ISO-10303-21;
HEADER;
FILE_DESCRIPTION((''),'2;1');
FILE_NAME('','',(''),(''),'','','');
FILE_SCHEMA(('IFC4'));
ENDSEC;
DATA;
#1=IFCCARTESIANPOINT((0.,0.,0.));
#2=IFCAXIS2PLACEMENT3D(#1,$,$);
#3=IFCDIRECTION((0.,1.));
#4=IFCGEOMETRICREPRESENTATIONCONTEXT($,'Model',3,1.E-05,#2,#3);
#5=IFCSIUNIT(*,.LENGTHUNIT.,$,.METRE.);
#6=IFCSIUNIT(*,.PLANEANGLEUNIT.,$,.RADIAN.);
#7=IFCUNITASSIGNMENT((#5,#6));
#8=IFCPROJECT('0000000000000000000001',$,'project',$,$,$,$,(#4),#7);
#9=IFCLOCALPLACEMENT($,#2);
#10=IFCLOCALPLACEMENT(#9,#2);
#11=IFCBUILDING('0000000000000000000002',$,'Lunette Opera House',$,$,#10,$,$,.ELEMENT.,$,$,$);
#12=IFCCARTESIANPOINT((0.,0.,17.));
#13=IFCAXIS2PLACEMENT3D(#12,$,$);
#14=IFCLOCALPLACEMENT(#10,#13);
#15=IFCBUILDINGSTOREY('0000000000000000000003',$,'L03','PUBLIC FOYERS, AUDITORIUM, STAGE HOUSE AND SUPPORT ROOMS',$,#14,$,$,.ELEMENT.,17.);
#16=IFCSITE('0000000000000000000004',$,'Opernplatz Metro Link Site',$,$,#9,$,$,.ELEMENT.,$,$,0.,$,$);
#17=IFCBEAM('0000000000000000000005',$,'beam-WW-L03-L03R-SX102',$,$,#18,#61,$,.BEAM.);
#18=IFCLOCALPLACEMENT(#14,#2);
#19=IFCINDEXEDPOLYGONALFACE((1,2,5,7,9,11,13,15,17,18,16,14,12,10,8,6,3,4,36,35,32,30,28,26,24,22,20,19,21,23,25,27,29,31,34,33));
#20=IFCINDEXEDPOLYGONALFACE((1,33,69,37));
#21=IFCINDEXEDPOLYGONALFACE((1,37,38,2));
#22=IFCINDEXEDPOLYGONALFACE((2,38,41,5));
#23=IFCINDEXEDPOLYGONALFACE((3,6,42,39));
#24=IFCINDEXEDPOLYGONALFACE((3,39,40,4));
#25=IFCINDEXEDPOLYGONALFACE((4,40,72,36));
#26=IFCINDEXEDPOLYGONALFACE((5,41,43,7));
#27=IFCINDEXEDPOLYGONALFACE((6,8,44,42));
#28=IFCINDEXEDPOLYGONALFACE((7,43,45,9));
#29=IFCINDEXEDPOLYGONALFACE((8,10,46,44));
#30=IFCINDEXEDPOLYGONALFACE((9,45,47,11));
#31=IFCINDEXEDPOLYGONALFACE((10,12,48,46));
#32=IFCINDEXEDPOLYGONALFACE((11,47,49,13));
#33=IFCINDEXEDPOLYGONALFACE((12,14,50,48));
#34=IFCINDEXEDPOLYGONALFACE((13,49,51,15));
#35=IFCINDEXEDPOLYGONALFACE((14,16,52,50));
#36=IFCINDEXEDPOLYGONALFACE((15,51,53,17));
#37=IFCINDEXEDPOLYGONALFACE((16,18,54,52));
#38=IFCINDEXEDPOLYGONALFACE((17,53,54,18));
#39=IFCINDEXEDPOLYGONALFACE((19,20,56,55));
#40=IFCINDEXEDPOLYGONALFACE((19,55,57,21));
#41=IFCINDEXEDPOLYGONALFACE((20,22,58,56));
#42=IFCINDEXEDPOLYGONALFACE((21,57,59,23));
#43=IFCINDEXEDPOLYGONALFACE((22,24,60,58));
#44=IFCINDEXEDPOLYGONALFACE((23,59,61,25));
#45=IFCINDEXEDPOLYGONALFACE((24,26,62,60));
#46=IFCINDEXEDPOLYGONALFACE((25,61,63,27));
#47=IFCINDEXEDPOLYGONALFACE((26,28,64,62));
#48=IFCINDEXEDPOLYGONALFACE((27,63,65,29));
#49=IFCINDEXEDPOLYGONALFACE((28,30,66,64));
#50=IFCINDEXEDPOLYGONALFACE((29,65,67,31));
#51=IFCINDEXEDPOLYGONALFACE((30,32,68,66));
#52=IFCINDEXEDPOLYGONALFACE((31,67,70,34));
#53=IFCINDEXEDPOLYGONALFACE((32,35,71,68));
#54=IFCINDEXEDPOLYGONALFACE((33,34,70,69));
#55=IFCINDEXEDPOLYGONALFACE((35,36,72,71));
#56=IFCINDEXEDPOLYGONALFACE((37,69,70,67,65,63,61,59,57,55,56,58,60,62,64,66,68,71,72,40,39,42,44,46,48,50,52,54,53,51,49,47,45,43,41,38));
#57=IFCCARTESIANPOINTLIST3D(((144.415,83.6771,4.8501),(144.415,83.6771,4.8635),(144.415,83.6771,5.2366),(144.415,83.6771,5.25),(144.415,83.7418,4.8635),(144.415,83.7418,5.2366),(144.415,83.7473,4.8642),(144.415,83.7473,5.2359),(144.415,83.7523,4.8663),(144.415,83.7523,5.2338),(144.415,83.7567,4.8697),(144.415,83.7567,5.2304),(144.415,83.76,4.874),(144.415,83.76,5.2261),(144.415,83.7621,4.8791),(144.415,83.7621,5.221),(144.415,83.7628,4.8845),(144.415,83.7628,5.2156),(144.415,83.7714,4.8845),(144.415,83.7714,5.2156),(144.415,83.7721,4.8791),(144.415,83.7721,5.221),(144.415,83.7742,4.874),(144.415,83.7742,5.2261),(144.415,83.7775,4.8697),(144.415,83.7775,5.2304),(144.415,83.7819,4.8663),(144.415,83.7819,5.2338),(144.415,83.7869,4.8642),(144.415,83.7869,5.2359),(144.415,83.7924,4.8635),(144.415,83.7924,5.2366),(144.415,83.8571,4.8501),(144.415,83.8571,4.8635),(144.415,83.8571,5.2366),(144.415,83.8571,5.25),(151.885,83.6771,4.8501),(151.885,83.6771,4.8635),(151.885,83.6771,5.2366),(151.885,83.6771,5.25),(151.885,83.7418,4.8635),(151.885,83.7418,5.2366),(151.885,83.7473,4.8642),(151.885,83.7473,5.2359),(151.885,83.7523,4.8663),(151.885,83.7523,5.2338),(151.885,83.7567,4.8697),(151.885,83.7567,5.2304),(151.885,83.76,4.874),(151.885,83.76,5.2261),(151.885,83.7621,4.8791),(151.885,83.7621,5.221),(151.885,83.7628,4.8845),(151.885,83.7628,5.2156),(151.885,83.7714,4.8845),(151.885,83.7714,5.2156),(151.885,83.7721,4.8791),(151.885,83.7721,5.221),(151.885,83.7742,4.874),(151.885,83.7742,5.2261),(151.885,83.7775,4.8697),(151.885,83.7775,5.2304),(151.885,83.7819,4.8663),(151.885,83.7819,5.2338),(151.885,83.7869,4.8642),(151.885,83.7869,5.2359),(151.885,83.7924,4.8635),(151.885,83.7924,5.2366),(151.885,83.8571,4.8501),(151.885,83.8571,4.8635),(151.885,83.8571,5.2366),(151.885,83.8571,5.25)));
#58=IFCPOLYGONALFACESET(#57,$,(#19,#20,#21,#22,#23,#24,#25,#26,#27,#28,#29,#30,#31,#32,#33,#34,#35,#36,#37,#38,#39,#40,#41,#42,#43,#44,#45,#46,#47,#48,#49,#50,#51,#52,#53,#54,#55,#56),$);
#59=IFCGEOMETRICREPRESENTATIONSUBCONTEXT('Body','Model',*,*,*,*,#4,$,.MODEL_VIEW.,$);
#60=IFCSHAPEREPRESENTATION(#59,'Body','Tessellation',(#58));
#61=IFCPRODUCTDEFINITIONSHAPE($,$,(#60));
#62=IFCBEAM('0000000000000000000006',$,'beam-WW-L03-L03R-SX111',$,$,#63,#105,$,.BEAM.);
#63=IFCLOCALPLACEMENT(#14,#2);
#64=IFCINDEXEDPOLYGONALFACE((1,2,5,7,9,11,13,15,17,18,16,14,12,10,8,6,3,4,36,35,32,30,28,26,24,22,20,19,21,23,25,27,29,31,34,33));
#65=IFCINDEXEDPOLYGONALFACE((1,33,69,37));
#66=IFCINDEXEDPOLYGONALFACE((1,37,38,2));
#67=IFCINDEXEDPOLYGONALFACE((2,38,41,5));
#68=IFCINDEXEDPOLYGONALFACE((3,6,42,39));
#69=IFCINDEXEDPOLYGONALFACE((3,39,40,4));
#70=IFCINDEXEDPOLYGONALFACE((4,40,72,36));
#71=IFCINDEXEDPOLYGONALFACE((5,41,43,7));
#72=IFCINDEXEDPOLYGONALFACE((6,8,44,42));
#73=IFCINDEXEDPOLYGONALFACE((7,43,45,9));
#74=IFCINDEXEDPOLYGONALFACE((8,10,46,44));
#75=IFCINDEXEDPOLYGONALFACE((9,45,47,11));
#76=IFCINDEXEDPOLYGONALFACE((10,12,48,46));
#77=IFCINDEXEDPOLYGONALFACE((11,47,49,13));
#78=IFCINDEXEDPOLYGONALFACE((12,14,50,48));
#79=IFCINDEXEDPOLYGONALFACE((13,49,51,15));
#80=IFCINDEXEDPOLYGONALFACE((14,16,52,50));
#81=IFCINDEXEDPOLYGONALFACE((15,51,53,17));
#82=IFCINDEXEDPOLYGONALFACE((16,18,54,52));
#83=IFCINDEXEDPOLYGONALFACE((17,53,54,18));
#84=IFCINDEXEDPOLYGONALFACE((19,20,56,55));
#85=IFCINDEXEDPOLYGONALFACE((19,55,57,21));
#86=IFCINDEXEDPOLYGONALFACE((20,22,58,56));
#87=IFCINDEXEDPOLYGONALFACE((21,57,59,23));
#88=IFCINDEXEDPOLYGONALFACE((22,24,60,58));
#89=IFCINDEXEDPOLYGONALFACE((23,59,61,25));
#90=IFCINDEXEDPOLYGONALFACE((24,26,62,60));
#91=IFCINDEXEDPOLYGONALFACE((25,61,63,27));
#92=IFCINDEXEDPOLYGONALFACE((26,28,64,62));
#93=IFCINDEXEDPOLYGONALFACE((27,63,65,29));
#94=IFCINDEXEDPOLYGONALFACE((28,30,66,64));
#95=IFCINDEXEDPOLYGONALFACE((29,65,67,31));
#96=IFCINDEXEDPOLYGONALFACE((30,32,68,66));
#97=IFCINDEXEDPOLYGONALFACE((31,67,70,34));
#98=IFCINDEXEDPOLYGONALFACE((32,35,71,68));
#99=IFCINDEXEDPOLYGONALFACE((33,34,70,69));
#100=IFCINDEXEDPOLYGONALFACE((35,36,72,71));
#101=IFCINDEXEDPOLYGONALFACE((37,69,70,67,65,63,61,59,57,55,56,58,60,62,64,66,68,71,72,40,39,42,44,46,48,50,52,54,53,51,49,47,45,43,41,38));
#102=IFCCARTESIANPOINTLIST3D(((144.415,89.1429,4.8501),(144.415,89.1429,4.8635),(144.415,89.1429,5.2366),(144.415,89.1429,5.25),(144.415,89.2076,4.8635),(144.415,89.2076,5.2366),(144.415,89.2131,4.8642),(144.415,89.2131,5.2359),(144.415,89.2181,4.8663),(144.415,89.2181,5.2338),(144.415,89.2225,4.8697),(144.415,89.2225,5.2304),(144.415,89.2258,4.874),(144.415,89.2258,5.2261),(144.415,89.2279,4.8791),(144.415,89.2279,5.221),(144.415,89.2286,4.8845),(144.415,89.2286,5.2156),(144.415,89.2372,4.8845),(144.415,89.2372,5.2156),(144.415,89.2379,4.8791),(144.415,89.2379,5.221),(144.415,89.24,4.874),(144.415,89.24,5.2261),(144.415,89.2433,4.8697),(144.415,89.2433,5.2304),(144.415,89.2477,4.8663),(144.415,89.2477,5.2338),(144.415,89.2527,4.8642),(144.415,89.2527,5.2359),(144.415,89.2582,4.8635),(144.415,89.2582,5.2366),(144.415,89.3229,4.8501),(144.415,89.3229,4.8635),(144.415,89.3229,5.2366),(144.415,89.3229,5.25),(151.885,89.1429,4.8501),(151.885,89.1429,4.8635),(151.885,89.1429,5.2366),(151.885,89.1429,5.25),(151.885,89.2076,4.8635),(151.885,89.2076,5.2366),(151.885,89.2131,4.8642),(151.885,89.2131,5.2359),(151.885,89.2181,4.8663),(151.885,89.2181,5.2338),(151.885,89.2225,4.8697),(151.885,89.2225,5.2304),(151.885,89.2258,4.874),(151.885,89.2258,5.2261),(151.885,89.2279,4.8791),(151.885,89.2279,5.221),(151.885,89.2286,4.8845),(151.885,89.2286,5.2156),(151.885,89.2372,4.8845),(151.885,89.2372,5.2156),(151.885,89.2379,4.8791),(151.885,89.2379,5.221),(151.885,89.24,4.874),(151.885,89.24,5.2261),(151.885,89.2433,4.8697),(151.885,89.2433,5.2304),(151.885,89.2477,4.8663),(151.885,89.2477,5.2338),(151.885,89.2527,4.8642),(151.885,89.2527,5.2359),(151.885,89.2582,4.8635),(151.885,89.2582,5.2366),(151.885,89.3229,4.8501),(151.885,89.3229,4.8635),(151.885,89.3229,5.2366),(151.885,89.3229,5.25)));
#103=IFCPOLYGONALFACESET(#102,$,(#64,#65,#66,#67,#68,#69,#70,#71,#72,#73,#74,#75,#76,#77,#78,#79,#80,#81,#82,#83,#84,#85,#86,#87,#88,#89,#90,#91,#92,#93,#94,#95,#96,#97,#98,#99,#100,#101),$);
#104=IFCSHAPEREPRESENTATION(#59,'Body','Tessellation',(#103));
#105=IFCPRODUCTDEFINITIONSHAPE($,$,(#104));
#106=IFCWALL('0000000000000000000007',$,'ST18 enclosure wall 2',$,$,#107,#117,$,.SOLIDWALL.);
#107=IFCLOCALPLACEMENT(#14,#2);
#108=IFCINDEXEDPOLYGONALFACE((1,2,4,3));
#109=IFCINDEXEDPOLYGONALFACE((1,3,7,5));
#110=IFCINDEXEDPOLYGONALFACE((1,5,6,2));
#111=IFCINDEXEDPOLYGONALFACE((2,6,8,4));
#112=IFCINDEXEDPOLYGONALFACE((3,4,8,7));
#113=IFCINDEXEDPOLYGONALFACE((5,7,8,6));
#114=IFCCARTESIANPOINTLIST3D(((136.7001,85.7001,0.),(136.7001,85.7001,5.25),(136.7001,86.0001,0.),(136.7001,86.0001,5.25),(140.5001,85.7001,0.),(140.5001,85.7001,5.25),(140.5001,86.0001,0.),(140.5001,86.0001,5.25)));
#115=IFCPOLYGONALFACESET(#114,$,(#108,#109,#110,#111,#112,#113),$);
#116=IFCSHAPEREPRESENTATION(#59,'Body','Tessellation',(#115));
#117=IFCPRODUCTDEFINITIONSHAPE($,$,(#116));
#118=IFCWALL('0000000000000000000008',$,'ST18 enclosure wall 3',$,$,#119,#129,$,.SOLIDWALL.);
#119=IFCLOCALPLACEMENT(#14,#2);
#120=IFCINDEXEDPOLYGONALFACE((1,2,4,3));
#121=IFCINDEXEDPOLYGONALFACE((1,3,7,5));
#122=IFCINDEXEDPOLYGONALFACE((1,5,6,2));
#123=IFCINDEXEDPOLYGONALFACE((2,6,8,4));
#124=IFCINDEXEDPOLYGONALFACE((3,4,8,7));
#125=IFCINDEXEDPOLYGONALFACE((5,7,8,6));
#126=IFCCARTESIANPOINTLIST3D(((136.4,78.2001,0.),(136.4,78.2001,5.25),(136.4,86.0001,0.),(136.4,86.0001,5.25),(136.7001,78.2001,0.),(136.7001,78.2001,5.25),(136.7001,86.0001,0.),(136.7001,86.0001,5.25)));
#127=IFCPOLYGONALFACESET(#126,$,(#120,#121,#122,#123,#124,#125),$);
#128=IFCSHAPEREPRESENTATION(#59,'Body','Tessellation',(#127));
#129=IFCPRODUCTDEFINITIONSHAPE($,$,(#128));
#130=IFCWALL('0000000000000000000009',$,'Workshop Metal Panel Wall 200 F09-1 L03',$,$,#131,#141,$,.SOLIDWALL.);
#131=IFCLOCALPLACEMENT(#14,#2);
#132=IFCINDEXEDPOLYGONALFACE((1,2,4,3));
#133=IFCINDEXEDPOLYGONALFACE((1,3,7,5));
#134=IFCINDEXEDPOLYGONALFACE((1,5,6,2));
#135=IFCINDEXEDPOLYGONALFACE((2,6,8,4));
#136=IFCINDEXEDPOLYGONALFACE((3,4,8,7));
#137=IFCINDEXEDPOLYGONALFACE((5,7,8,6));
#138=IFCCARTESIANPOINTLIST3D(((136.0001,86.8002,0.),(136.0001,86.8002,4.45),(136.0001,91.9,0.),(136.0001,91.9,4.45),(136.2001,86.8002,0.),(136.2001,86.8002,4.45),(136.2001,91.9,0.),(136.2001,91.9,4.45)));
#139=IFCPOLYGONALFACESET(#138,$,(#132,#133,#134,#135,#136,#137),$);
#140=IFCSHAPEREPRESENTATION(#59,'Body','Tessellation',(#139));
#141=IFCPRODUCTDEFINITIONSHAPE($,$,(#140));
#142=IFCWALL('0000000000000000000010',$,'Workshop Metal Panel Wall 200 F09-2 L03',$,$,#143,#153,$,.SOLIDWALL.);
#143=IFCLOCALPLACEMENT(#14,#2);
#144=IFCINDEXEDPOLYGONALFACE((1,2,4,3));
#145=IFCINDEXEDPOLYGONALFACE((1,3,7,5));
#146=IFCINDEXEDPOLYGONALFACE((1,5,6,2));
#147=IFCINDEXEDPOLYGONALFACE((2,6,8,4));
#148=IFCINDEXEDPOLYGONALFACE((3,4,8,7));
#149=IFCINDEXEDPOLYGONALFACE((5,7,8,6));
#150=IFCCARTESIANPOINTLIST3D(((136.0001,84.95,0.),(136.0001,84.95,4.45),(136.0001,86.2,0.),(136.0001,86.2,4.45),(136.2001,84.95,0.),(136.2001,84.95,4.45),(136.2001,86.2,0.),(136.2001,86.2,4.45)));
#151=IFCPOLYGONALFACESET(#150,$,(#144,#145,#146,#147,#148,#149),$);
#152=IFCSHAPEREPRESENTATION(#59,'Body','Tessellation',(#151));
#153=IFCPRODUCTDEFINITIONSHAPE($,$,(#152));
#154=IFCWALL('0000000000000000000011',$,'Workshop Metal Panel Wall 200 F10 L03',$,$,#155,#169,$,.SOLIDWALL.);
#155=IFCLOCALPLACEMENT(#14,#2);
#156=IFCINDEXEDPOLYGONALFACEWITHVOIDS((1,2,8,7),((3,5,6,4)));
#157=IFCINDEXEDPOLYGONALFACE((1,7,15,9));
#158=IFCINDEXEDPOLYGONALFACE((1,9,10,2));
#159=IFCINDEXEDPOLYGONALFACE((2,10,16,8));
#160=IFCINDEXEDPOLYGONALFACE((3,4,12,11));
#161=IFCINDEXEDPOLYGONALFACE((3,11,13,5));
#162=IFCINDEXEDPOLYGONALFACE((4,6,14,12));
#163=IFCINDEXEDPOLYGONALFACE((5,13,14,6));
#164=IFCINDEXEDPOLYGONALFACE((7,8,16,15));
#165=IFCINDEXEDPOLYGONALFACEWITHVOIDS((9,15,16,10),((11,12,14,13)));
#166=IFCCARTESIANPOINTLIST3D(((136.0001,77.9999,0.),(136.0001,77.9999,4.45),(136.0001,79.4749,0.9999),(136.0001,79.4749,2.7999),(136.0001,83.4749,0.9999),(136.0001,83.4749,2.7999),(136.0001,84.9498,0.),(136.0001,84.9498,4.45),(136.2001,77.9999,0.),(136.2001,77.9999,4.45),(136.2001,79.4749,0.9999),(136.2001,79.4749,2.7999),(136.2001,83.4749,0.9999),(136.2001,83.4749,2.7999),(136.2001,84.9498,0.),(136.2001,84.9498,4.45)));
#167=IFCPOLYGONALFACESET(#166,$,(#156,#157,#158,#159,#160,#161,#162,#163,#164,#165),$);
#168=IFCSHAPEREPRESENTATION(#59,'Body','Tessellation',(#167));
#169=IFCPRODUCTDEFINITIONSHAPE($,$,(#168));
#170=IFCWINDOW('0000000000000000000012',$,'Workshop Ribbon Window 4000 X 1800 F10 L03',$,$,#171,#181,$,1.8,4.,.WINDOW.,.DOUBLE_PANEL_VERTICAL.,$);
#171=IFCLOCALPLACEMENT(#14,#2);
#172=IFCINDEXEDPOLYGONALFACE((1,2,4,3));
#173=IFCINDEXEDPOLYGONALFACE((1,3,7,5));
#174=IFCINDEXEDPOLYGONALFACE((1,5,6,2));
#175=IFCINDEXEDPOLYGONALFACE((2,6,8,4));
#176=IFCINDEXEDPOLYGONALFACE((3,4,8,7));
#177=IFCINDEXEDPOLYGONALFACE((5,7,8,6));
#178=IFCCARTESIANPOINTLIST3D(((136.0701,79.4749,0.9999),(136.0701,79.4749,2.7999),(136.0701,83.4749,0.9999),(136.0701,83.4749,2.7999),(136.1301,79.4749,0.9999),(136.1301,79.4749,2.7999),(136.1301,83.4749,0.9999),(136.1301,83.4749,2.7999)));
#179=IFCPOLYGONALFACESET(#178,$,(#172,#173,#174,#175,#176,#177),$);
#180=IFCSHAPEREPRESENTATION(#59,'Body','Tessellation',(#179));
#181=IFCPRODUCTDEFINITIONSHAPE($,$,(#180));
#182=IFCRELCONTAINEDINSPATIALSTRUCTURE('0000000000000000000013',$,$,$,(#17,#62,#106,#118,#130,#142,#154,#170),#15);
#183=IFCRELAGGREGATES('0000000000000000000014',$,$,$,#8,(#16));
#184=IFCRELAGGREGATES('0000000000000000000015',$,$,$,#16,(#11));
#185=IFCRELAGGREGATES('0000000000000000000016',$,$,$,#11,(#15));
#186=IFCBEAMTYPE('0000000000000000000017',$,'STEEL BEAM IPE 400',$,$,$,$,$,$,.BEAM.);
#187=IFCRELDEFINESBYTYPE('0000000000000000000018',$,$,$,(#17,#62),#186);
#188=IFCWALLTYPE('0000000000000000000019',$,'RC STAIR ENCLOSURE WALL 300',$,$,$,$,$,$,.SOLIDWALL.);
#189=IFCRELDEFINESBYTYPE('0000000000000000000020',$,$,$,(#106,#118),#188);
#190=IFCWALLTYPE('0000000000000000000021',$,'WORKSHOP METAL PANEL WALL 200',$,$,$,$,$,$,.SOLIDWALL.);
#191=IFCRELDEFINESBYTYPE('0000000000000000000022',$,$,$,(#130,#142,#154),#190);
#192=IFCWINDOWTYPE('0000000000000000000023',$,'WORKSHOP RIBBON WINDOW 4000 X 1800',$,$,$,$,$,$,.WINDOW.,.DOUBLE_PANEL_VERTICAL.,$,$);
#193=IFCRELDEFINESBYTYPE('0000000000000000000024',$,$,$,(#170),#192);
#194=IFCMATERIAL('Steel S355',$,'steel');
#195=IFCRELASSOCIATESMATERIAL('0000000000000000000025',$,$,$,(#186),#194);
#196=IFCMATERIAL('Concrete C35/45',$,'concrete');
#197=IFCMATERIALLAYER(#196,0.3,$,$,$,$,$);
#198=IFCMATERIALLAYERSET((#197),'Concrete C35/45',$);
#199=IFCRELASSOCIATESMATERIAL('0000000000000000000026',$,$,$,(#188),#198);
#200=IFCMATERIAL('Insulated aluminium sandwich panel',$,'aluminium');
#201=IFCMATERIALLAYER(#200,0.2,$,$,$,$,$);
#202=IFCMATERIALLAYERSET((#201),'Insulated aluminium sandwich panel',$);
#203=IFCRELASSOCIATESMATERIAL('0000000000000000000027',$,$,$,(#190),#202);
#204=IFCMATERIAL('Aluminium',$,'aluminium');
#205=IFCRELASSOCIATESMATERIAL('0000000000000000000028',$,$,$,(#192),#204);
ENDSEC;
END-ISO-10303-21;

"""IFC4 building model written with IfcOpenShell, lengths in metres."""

from ifc_helpers import new_model, si_unit, direction, frame, frame_2d, origin, origin_2d, place, context, subcontext, project, spatial, rectangle, i_section, extrude, material, layer, layer_set, material_profile, profile_set, type_object, element, fill, save


model = new_model("IFC4")

# Units and contexts
model_context = context("Model", 3, precision=1e-05, world=origin(), true_north=direction((0.0, 1.0)))
body_context = subcontext(model_context, "Body", "Model", "MODEL_VIEW")
ifc_project = project(units=[si_unit("LENGTHUNIT", "METRE"), si_unit("PLANEANGLEUNIT", "RADIAN")], contexts=[model_context])

# Site, building, storey
site_placement = place(None, origin())
site = spatial("IfcSite", under=ifc_project, at=site_placement, Name="Opernplatz Metro Link Site", CompositionType="ELEMENT", RefElevation=0.0)
building_placement = place(site_placement, origin())
building = spatial("IfcBuilding", under=site, at=building_placement, Name="Lunette Opera House", CompositionType="ELEMENT")
storey_placement = place(building_placement, frame((0.0, 0.0, 17.0)))
storey = spatial("IfcBuildingStorey", under=building, at=storey_placement, Name="L03", Description="PUBLIC FOYERS, AUDITORIUM, STAGE HOUSE AND SUPPORT ROOMS", CompositionType="ELEMENT", Elevation=17.0)

# Beams
ifc_material_1 = material(Name="Steel S355", Category="steel")
ifc_material_profile_1 = material_profile(ifc_material_1, i_section(OverallWidth=0.1799, OverallDepth=0.3999, WebThickness=0.0085, FlangeThickness=0.0134, FilletRadius=0.021, at=origin_2d()), Name="IPE 400")
ifc_profile_set_1 = profile_set([ifc_material_profile_1], Name="Steel S355")
beam_type_1 = type_object("IfcBeamType", Name="STEEL BEAM IPE 400", PredefinedType="BEAM", material=ifc_profile_set_1)
for number, where, z_axis, x_axis, name in (
    (1, (144.415, 83.7671, 5.05), (1.0, 0.0, 0.0), (0.0, 1.0, 0.0), "beam-WW-L03-L03R-SX102"),
    (2, (144.415, 89.2329, 5.05), (1.0, 0.0, 0.0), (0.0, 1.0, 0.0), "beam-WW-L03-L03R-SX111"),
):
    element("IfcBeam", number, at=place(storey_placement, frame(where, z_axis=z_axis, x_axis=x_axis)), inside=storey, type_object=beam_type_1, Name=name, PredefinedType="BEAM", context=body_context, shape_type="SweptSolid", body=[
        extrude(i_section(OverallWidth=0.1799, OverallDepth=0.3999, WebThickness=0.0085, FlangeThickness=0.0134, FilletRadius=0.021, at=origin_2d()), origin(), (0.0, 0.0, 1.0), 7.47),
    ])

# Walls
ifc_material_2 = material(Name="Concrete C35/45", Category="concrete")
ifc_layer_1 = layer(ifc_material_2, 0.3)
ifc_layer_set_1 = layer_set([ifc_layer_1], Name="Concrete C35/45")
wall_type_1 = type_object("IfcWallType", Name="RC STAIR ENCLOSURE WALL 300", PredefinedType="SOLIDWALL", material=ifc_layer_set_1)
wall_1_placement = place(storey_placement, frame((140.5, 85.8501, 0.0), z_axis=(0.0, 0.0, 1.0), x_axis=(-1.0, 0.0, 0.0)))
element("IfcWall", 3, at=wall_1_placement, inside=storey, type_object=wall_type_1, Name="ST18 enclosure wall 2", PredefinedType="SOLIDWALL", context=body_context, shape_type="SweptSolid", body=[
    extrude(rectangle(XDim=3.8, YDim=0.3, at=frame_2d((1.8999, 0.0))), origin(), (0.0, 0.0, 1.0), 5.25),
])
wall_2_placement = place(storey_placement, frame((136.55, 86.0, 0.0), z_axis=(0.0, 0.0, 1.0), x_axis=(0.0, -1.0, 0.0)))
element("IfcWall", 4, at=wall_2_placement, inside=storey, type_object=wall_type_1, Name="ST18 enclosure wall 3", PredefinedType="SOLIDWALL", context=body_context, shape_type="SweptSolid", body=[
    extrude(rectangle(XDim=7.8, YDim=0.3, at=frame_2d((3.8999, 0.0))), origin(), (0.0, 0.0, 1.0), 5.25),
])
ifc_material_3 = material(Name="Insulated aluminium sandwich panel", Category="aluminium")
ifc_layer_2 = layer(ifc_material_3, 0.2)
ifc_layer_set_2 = layer_set([ifc_layer_2], Name="Insulated aluminium sandwich panel")
wall_type_2 = type_object("IfcWallType", Name="WORKSHOP METAL PANEL WALL 200", PredefinedType="SOLIDWALL", material=ifc_layer_set_2)
wall_3_placement = place(storey_placement, frame((136.1001, 91.8999, 0.0), z_axis=(0.0, 0.0, 1.0), x_axis=(0.0, -1.0, 0.0)))
element("IfcWall", 5, at=wall_3_placement, inside=storey, type_object=wall_type_2, Name="Workshop Metal Panel Wall 200 F09-1 L03", PredefinedType="SOLIDWALL", context=body_context, shape_type="SweptSolid", body=[
    extrude(rectangle(XDim=5.0999, YDim=0.2, at=frame_2d((2.5498, 0.0))), origin(), (0.0, 0.0, 1.0), 4.45),
])
wall_4_placement = place(storey_placement, frame((136.1001, 86.2, 0.0), z_axis=(0.0, 0.0, 1.0), x_axis=(0.0, -1.0, 0.0)))
element("IfcWall", 6, at=wall_4_placement, inside=storey, type_object=wall_type_2, Name="Workshop Metal Panel Wall 200 F09-2 L03", PredefinedType="SOLIDWALL", context=body_context, shape_type="SweptSolid", body=[
    extrude(rectangle(XDim=1.25, YDim=0.2, at=frame_2d((0.625, 0.0))), origin(), (0.0, 0.0, 1.0), 4.45),
])

# Wall, opening, window
wall_5_placement = place(storey_placement, frame((136.1001, 84.95, 0.0), z_axis=(0.0, 0.0, 1.0), x_axis=(0.0, -1.0, 0.0)))
wall_5 = element("IfcWall", 7, at=wall_5_placement, inside=storey, type_object=wall_type_2, Name="Workshop Metal Panel Wall 200 F10 L03", PredefinedType="SOLIDWALL", context=body_context, shape_type="SweptSolid", body=[
    extrude(rectangle(XDim=6.95, YDim=0.2, at=frame_2d((3.4751, 0.0))), origin(), (0.0, 0.0, 1.0), 4.45),
])
opening_placement = place(wall_5_placement, frame((1.4751, 0.0, 1.0)))
opening = element("IfcOpeningElement", 8, at=opening_placement, cuts=wall_5, PredefinedType="OPENING", context=body_context, shape_type="SweptSolid", body=[
    extrude(rectangle(XDim=4.0, YDim=1.8, at=frame_2d((2.0, 0.8999))), frame((0.0, 0.1121, 0.0), z_axis=(0.0, -1.0, 0.0), x_axis=(1.0, 0.0, 0.0)), (0.0, 0.0, 1.0), 0.2239),
])
ifc_material_4 = material(Name="Aluminium", Category="aluminium")
window_type = type_object("IfcWindowType", Name="WORKSHOP RIBBON WINDOW 4000 X 1800", PartitioningType="DOUBLE_PANEL_VERTICAL", PredefinedType="WINDOW", material=ifc_material_4)
window_placement = place(opening_placement, origin())
window = element("IfcWindow", 9, at=window_placement, inside=storey, type_object=window_type, Name="Workshop Ribbon Window 4000 X 1800 F10 L03", OverallHeight=1.8, OverallWidth=4.0, PartitioningType="DOUBLE_PANEL_VERTICAL", PredefinedType="WINDOW", context=body_context, shape_type="SweptSolid", body=[
    extrude(rectangle(XDim=4.0, YDim=1.8, at=frame_2d((2.0, 0.8999))), frame((0.0, 0.03, 0.0), z_axis=(0.0, -1.0, 0.0), x_axis=(1.0, 0.0, 0.0)), (0.0, 0.0, 1.0), 0.0601),
])
fill(opening, window)

save(model, "model.ifc")
